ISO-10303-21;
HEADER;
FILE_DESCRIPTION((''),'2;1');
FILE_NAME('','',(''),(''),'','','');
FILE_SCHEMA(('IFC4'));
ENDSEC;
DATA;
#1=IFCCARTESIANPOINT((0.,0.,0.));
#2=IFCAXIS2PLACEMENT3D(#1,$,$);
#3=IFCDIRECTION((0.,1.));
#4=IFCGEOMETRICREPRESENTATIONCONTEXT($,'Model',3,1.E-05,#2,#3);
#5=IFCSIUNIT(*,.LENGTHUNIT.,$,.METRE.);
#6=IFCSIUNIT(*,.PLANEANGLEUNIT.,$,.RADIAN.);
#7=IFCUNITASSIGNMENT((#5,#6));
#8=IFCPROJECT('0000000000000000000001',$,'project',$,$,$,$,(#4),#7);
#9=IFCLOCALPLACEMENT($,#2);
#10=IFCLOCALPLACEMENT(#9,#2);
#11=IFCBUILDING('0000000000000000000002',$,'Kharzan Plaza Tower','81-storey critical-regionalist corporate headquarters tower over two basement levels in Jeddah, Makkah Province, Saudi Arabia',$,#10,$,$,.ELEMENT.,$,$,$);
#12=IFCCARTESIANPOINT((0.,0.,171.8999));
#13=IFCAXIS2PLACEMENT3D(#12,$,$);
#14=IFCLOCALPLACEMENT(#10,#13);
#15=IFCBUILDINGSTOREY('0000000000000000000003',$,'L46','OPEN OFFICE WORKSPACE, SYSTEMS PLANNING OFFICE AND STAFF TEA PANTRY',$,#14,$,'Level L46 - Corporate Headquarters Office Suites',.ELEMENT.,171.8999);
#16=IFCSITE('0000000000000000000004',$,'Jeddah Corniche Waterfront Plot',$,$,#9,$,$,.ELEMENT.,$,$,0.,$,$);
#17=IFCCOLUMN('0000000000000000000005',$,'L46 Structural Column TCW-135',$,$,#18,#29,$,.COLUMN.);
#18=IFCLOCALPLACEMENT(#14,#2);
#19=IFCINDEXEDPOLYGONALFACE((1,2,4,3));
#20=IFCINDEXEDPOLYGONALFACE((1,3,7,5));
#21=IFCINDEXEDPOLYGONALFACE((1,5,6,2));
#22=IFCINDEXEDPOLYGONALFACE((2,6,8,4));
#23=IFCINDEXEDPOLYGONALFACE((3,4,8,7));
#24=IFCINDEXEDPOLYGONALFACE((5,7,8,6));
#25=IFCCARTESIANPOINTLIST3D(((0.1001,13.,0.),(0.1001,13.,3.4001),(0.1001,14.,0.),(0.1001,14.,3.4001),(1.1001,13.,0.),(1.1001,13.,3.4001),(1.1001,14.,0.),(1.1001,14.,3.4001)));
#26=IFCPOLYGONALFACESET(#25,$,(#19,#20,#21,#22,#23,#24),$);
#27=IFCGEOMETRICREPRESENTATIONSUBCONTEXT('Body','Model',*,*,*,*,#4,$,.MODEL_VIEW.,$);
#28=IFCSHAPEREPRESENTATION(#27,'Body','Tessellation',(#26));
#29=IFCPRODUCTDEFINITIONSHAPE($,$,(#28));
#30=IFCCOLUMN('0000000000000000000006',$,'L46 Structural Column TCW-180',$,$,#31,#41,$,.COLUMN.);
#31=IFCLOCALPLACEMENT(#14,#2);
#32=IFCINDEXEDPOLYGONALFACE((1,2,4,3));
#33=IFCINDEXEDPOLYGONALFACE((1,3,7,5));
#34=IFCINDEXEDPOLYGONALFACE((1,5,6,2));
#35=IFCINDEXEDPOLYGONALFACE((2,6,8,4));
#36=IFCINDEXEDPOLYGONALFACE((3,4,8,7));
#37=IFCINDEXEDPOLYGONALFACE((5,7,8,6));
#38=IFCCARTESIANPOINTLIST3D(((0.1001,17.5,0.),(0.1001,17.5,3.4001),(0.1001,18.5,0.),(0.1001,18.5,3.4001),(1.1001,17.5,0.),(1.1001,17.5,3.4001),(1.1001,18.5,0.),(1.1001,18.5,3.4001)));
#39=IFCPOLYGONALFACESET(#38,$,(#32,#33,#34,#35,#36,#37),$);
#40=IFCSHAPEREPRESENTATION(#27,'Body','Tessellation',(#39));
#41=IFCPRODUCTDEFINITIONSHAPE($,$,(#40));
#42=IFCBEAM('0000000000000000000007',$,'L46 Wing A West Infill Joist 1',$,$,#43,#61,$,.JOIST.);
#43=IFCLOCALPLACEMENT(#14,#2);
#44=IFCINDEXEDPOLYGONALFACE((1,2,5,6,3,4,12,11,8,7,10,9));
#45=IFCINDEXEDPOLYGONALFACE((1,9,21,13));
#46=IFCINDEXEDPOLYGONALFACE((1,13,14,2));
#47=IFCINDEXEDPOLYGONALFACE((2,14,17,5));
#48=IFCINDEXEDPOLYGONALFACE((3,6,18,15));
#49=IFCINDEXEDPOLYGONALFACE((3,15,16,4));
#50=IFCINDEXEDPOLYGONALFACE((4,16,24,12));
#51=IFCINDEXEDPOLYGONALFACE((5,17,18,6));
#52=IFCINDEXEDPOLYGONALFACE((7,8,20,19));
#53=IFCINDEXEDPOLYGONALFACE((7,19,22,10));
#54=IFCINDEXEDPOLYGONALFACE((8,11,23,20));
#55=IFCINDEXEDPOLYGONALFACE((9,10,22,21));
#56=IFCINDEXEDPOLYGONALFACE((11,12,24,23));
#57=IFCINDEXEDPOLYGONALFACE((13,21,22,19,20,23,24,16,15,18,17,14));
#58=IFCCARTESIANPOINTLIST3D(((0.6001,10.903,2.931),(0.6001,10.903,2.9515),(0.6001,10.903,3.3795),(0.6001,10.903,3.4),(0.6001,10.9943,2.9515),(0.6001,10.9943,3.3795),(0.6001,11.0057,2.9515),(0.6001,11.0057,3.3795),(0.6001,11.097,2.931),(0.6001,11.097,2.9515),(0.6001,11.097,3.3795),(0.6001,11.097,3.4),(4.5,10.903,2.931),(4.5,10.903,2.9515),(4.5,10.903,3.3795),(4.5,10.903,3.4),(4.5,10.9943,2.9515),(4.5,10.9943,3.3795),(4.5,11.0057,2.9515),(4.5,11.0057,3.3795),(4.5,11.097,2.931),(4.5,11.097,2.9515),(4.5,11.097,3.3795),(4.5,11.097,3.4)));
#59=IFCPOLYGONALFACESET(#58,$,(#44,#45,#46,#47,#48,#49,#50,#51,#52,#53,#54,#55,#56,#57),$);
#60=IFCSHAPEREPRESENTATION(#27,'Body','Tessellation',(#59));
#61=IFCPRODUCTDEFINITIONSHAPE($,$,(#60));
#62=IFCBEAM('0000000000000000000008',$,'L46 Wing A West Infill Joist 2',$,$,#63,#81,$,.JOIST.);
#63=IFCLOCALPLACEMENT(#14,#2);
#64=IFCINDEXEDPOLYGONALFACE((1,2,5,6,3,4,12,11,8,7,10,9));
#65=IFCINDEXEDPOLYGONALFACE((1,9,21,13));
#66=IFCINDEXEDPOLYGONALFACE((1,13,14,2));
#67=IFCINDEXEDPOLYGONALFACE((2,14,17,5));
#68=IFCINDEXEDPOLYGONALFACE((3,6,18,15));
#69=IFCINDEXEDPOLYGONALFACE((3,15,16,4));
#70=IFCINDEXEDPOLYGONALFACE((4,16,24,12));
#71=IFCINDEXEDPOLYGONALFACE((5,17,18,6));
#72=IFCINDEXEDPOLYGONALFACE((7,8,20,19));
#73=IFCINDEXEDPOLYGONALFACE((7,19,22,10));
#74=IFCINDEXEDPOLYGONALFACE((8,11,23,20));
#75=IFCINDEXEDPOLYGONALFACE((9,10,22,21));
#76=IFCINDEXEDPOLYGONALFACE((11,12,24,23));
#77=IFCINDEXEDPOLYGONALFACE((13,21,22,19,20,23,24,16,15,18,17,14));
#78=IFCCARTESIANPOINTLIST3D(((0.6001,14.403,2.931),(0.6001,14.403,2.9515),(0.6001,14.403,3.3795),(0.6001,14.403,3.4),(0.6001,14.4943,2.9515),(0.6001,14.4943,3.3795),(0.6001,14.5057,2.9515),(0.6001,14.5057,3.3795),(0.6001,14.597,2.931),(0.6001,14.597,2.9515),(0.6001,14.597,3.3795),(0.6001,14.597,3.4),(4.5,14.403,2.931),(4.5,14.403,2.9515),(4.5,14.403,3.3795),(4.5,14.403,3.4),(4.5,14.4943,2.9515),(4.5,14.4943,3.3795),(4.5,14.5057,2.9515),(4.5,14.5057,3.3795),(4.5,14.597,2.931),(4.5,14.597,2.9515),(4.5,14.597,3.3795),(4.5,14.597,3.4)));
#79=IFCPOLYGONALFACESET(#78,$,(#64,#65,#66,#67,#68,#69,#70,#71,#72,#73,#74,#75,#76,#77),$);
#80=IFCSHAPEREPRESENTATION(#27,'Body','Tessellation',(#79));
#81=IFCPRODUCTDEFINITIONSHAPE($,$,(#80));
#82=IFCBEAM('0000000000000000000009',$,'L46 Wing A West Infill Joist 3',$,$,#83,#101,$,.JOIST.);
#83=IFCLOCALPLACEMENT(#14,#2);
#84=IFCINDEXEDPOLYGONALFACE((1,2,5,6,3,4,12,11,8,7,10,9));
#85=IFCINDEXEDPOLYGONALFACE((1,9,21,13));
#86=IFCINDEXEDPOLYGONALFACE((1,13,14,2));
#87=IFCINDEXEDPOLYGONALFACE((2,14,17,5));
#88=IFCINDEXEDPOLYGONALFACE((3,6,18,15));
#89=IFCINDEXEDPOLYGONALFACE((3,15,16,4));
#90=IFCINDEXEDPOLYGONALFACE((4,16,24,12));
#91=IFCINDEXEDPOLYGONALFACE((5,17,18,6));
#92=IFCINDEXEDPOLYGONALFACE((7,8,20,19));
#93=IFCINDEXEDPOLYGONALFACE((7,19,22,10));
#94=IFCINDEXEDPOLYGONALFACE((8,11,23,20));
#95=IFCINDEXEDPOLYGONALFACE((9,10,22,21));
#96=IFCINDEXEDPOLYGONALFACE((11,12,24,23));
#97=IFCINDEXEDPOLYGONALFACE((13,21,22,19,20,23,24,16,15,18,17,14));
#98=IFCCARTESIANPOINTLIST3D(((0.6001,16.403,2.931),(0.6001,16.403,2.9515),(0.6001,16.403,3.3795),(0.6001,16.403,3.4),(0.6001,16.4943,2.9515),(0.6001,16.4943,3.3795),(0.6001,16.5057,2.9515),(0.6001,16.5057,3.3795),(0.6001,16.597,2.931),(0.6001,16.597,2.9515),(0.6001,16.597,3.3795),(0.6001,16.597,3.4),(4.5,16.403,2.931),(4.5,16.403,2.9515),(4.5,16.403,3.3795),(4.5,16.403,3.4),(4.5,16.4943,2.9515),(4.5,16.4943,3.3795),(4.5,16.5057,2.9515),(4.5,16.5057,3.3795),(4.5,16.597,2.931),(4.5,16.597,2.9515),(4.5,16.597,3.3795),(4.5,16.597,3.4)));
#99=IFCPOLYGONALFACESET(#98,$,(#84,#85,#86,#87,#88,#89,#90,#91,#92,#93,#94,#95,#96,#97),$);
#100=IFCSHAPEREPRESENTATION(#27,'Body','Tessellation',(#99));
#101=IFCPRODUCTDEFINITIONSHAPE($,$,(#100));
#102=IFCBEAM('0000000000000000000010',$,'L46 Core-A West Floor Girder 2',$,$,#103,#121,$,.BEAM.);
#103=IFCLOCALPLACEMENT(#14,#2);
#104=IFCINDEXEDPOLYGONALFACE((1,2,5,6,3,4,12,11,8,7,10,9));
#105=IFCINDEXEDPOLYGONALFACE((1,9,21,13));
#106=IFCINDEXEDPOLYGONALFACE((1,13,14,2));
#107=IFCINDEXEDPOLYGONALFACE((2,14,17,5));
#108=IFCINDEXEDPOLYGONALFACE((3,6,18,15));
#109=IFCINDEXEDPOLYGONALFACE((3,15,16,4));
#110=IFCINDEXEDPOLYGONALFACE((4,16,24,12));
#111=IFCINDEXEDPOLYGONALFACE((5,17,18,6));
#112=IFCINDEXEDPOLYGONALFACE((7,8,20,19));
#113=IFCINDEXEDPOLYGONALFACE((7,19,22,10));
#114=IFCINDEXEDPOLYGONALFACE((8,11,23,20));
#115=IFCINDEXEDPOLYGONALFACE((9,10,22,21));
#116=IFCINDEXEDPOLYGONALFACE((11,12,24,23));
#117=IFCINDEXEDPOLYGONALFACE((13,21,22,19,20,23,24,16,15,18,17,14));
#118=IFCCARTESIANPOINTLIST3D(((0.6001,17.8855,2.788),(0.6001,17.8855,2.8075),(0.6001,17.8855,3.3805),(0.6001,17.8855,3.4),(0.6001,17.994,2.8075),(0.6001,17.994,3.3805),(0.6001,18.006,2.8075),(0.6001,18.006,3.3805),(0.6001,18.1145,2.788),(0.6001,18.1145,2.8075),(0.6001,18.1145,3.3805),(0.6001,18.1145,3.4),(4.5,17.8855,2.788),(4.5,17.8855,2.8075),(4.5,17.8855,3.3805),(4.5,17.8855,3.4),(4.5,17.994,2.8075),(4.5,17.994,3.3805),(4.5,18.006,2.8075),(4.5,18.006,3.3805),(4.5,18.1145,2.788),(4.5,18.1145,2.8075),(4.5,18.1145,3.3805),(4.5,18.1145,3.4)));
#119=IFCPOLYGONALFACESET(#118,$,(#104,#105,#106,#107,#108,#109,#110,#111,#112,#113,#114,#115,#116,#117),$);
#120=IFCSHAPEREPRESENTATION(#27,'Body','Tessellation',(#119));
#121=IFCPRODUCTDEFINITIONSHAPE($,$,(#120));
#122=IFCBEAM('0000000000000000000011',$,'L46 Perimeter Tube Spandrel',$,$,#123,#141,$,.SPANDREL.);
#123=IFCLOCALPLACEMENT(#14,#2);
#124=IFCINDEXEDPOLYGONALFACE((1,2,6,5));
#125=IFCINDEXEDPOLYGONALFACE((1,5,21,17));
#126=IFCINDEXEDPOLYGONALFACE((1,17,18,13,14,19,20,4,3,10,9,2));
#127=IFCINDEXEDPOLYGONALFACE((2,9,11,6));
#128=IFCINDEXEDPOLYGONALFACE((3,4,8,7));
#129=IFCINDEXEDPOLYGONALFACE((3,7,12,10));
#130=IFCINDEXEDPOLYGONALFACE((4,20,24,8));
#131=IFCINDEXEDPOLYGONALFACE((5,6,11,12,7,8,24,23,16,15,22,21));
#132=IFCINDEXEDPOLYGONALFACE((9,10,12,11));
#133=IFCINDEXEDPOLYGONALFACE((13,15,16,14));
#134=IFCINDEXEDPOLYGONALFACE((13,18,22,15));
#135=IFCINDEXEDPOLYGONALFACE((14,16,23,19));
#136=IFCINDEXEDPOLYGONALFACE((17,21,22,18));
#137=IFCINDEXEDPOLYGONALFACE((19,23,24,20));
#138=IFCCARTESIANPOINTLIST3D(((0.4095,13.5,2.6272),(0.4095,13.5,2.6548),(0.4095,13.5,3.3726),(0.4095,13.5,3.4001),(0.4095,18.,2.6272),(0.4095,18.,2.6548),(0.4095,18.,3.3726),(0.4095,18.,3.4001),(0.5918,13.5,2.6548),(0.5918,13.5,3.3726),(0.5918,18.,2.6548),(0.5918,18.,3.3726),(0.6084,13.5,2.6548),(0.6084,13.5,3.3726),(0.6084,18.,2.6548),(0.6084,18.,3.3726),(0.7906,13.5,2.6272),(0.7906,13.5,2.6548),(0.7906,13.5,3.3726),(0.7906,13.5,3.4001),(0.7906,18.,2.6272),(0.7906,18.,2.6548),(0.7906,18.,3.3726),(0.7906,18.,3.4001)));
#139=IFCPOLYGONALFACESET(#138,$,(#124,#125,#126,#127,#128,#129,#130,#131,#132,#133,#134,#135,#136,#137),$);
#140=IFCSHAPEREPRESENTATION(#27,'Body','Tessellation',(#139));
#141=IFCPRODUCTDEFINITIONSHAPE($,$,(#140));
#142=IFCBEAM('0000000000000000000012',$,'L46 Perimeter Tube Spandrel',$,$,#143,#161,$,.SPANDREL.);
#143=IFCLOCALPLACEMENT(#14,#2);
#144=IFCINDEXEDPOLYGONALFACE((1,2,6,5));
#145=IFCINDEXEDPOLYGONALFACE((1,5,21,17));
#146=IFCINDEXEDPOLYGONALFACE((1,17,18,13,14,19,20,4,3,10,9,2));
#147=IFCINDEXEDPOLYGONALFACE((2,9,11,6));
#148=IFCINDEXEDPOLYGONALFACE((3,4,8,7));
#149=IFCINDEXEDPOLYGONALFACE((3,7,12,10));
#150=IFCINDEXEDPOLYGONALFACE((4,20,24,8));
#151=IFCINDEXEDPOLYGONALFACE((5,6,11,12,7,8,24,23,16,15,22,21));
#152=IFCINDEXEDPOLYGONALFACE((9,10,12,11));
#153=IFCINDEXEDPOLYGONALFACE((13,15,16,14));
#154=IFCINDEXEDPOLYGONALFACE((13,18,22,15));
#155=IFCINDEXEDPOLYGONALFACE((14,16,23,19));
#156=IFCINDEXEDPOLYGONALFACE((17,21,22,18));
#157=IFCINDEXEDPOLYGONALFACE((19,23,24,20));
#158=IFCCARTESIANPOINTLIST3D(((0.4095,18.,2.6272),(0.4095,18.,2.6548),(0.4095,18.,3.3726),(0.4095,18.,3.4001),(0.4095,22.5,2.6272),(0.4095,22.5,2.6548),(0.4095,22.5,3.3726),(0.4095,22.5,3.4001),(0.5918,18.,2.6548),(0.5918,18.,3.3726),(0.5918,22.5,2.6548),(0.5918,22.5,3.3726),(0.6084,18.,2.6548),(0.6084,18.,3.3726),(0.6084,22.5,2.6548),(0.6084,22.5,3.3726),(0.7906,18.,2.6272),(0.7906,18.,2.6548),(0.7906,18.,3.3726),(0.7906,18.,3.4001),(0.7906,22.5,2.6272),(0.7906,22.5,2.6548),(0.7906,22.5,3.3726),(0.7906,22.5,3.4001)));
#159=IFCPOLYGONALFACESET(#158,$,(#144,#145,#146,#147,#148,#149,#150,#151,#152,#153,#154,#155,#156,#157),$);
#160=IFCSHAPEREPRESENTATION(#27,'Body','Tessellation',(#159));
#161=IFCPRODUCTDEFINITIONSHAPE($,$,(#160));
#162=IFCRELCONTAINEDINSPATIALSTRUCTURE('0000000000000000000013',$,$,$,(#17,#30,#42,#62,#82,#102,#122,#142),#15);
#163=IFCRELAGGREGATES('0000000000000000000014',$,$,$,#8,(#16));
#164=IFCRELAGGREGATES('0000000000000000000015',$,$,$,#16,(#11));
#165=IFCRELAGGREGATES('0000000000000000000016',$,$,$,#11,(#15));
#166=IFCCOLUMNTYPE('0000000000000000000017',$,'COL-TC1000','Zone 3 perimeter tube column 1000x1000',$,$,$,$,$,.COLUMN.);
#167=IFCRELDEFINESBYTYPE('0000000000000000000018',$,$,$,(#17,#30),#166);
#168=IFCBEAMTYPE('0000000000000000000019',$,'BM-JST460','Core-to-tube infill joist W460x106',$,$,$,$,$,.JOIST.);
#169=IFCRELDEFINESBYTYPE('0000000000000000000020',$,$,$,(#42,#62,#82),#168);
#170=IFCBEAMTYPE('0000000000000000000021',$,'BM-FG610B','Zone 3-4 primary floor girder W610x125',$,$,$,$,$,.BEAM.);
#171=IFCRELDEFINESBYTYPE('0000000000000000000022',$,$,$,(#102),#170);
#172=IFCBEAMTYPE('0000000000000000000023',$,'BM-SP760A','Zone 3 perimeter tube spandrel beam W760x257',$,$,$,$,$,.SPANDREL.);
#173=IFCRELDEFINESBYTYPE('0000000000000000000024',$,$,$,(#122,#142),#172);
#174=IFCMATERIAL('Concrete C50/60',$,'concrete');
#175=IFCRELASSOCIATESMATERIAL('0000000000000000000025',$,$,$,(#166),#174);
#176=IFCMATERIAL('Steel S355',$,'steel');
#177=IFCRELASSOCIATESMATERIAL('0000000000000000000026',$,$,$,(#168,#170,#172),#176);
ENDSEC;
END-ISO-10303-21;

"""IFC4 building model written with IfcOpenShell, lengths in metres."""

from ifc_helpers import new_model, si_unit, direction, frame, origin, origin_2d, place, context, subcontext, project, spatial, rectangle, i_section, extrude, source, transform, mapped, material, material_profile, profile_set, type_object, element, save


model = new_model("IFC4")

# Units and contexts
model_context = context("Model", 3, precision=1e-05, world=origin(), true_north=direction((0.0, 1.0)))
body_context = subcontext(model_context, "Body", "Model", "MODEL_VIEW")
ifc_project = project(units=[si_unit("LENGTHUNIT", "METRE"), si_unit("PLANEANGLEUNIT", "RADIAN")], contexts=[model_context])

# Site, building, storey
site_placement = place(None, origin())
site = spatial("IfcSite", under=ifc_project, at=site_placement, Name="Jeddah Corniche Waterfront Plot", CompositionType="ELEMENT", RefElevation=0.0)
building_placement = place(site_placement, origin())
building = spatial("IfcBuilding", under=site, at=building_placement, Name="Kharzan Plaza Tower", Description="81-storey critical-regionalist corporate headquarters tower over two basement levels in Jeddah, Makkah Province, Saudi Arabia", CompositionType="ELEMENT")
storey_placement = place(building_placement, frame((0.0, 0.0, 171.8999)))
storey = spatial("IfcBuildingStorey", under=building, at=storey_placement, Name="L46", Description="OPEN OFFICE WORKSPACE, SYSTEMS PLANNING OFFICE AND STAFF TEA PANTRY", LongName="Level L46 - Corporate Headquarters Office Suites", CompositionType="ELEMENT", Elevation=171.8999)

# Columns
ifc_material_1 = material(Name="Concrete C50/60", Category="concrete")
ifc_material_profile_1 = material_profile(ifc_material_1, rectangle(XDim=1.0, YDim=1.0, at=origin_2d()), Name="RC-TC1000x1000")
ifc_profile_set_1 = profile_set([ifc_material_profile_1], Name="Concrete C50/60")
column_type = type_object("IfcColumnType", Name="COL-TC1000", Description="Zone 3 perimeter tube column 1000x1000", PredefinedType="COLUMN", material=ifc_profile_set_1)
shared_shape_1 = source(origin(), body_context, "Body", "SweptSolid", [
    extrude(rectangle(XDim=1.0, YDim=1.0, at=origin_2d()), origin(), (0.0, 0.0, 1.0), 3.4001),
])
for number, where, z_axis, x_axis, name in (
    (1, (0.6001, 13.5, 0.0), (0.0, 0.0, 1.0), (1.0, 0.0, 0.0), "L46 Structural Column TCW-135"),
    (2, (0.6001, 18.0, 0.0), (0.0, 0.0, 1.0), (1.0, 0.0, 0.0), "L46 Structural Column TCW-180"),
):
    element("IfcColumn", number, at=place(storey_placement, frame(where, z_axis=z_axis, x_axis=x_axis)), inside=storey, type_object=column_type, Name=name, PredefinedType="COLUMN", context=body_context, shape_type="MappedRepresentation", body=[
        mapped(shared_shape_1, transform((0.0, 0.0, 0.0), x_axis=(1.0, 0.0, 0.0), y_axis=(0.0, 1.0, 0.0), z_axis=(0.0, 0.0, 1.0))),
    ])

# Beams
ifc_material_2 = material(Name="Steel S355", Category="steel")
ifc_material_profile_2 = material_profile(ifc_material_2, i_section(OverallWidth=0.1941, OverallDepth=0.469, WebThickness=0.0115, FlangeThickness=0.0205, at=origin_2d()), Name="W460x106")
ifc_profile_set_2 = profile_set([ifc_material_profile_2], Name="Steel S355")
beam_type_1 = type_object("IfcBeamType", Name="BM-JST460", Description="Core-to-tube infill joist W460x106", PredefinedType="JOIST", material=ifc_profile_set_2)
shared_shape_2 = source(origin(), body_context, "Body", "SweptSolid", [
    extrude(i_section(OverallWidth=0.1941, OverallDepth=0.469, WebThickness=0.0115, FlangeThickness=0.0205, at=origin_2d()), origin(), (0.0, 0.0, 1.0), 3.8999),
])
for number, where, z_axis, x_axis, name in (
    (3, (0.6001, 11.0, 3.1655), (1.0, 0.0, 0.0), (0.0, 1.0, 0.0), "L46 Wing A West Infill Joist 1"),
    (4, (0.6001, 14.5, 3.1655), (1.0, 0.0, 0.0), (0.0, 1.0, 0.0), "L46 Wing A West Infill Joist 2"),
    (5, (0.6001, 16.5, 3.1655), (1.0, 0.0, 0.0), (0.0, 1.0, 0.0), "L46 Wing A West Infill Joist 3"),
):
    element("IfcBeam", number, at=place(storey_placement, frame(where, z_axis=z_axis, x_axis=x_axis)), inside=storey, type_object=beam_type_1, Name=name, PredefinedType="JOIST", context=body_context, shape_type="MappedRepresentation", body=[
        mapped(shared_shape_2, transform((0.0, 0.0, 0.0), x_axis=(1.0, 0.0, 0.0), y_axis=(0.0, 1.0, 0.0), z_axis=(0.0, 0.0, 1.0))),
    ])
ifc_material_profile_3 = material_profile(ifc_material_2, i_section(OverallWidth=0.229, OverallDepth=0.6121, WebThickness=0.012, FlangeThickness=0.0195, at=origin_2d()), Name="W610x125")
ifc_profile_set_3 = profile_set([ifc_material_profile_3], Name="Steel S355")
beam_type_2 = type_object("IfcBeamType", Name="BM-FG610B", Description="Zone 3-4 primary floor girder W610x125", PredefinedType="BEAM", material=ifc_profile_set_3)
shared_shape_3 = source(origin(), body_context, "Body", "SweptSolid", [
    extrude(i_section(OverallWidth=0.229, OverallDepth=0.6121, WebThickness=0.012, FlangeThickness=0.0195, at=origin_2d()), origin(), (0.0, 0.0, 1.0), 3.8999),
])
beam_placement = place(storey_placement, frame((0.6001, 18.0, 3.094), z_axis=(1.0, 0.0, 0.0), x_axis=(0.0, 1.0, 0.0)))
element("IfcBeam", 6, at=beam_placement, inside=storey, type_object=beam_type_2, Name="L46 Core-A West Floor Girder 2", PredefinedType="BEAM", context=body_context, shape_type="MappedRepresentation", body=[
    mapped(shared_shape_3, transform((0.0, 0.0, 0.0), x_axis=(1.0, 0.0, 0.0), y_axis=(0.0, 1.0, 0.0), z_axis=(0.0, 0.0, 1.0))),
])
ifc_material_profile_4 = material_profile(ifc_material_2, i_section(OverallWidth=0.3811, OverallDepth=0.7729, WebThickness=0.0166, FlangeThickness=0.0276, at=origin_2d()), Name="W760x257")
ifc_profile_set_4 = profile_set([ifc_material_profile_4], Name="Steel S355")
beam_type_3 = type_object("IfcBeamType", Name="BM-SP760A", Description="Zone 3 perimeter tube spandrel beam W760x257", PredefinedType="SPANDREL", material=ifc_profile_set_4)
shared_shape_4 = source(origin(), body_context, "Body", "SweptSolid", [
    extrude(i_section(OverallWidth=0.3811, OverallDepth=0.7729, WebThickness=0.0166, FlangeThickness=0.0276, at=origin_2d()), origin(), (0.0, 0.0, 1.0), 4.5),
])
for number, where, z_axis, x_axis, name in (
    (7, (0.6001, 13.5, 3.0137), (0.0, 1.0, 0.0), (-1.0, 0.0, 0.0), "L46 Perimeter Tube Spandrel"),
    (8, (0.6001, 18.0, 3.0137), (0.0, 1.0, 0.0), (-1.0, 0.0, 0.0), "L46 Perimeter Tube Spandrel"),
):
    element("IfcBeam", number, at=place(storey_placement, frame(where, z_axis=z_axis, x_axis=x_axis)), inside=storey, type_object=beam_type_3, Name=name, PredefinedType="SPANDREL", context=body_context, shape_type="MappedRepresentation", body=[
        mapped(shared_shape_4, transform((0.0, 0.0, 0.0), x_axis=(1.0, 0.0, 0.0), y_axis=(0.0, 1.0, 0.0), z_axis=(0.0, 0.0, 1.0))),
    ])

save(model, "model.ifc")
